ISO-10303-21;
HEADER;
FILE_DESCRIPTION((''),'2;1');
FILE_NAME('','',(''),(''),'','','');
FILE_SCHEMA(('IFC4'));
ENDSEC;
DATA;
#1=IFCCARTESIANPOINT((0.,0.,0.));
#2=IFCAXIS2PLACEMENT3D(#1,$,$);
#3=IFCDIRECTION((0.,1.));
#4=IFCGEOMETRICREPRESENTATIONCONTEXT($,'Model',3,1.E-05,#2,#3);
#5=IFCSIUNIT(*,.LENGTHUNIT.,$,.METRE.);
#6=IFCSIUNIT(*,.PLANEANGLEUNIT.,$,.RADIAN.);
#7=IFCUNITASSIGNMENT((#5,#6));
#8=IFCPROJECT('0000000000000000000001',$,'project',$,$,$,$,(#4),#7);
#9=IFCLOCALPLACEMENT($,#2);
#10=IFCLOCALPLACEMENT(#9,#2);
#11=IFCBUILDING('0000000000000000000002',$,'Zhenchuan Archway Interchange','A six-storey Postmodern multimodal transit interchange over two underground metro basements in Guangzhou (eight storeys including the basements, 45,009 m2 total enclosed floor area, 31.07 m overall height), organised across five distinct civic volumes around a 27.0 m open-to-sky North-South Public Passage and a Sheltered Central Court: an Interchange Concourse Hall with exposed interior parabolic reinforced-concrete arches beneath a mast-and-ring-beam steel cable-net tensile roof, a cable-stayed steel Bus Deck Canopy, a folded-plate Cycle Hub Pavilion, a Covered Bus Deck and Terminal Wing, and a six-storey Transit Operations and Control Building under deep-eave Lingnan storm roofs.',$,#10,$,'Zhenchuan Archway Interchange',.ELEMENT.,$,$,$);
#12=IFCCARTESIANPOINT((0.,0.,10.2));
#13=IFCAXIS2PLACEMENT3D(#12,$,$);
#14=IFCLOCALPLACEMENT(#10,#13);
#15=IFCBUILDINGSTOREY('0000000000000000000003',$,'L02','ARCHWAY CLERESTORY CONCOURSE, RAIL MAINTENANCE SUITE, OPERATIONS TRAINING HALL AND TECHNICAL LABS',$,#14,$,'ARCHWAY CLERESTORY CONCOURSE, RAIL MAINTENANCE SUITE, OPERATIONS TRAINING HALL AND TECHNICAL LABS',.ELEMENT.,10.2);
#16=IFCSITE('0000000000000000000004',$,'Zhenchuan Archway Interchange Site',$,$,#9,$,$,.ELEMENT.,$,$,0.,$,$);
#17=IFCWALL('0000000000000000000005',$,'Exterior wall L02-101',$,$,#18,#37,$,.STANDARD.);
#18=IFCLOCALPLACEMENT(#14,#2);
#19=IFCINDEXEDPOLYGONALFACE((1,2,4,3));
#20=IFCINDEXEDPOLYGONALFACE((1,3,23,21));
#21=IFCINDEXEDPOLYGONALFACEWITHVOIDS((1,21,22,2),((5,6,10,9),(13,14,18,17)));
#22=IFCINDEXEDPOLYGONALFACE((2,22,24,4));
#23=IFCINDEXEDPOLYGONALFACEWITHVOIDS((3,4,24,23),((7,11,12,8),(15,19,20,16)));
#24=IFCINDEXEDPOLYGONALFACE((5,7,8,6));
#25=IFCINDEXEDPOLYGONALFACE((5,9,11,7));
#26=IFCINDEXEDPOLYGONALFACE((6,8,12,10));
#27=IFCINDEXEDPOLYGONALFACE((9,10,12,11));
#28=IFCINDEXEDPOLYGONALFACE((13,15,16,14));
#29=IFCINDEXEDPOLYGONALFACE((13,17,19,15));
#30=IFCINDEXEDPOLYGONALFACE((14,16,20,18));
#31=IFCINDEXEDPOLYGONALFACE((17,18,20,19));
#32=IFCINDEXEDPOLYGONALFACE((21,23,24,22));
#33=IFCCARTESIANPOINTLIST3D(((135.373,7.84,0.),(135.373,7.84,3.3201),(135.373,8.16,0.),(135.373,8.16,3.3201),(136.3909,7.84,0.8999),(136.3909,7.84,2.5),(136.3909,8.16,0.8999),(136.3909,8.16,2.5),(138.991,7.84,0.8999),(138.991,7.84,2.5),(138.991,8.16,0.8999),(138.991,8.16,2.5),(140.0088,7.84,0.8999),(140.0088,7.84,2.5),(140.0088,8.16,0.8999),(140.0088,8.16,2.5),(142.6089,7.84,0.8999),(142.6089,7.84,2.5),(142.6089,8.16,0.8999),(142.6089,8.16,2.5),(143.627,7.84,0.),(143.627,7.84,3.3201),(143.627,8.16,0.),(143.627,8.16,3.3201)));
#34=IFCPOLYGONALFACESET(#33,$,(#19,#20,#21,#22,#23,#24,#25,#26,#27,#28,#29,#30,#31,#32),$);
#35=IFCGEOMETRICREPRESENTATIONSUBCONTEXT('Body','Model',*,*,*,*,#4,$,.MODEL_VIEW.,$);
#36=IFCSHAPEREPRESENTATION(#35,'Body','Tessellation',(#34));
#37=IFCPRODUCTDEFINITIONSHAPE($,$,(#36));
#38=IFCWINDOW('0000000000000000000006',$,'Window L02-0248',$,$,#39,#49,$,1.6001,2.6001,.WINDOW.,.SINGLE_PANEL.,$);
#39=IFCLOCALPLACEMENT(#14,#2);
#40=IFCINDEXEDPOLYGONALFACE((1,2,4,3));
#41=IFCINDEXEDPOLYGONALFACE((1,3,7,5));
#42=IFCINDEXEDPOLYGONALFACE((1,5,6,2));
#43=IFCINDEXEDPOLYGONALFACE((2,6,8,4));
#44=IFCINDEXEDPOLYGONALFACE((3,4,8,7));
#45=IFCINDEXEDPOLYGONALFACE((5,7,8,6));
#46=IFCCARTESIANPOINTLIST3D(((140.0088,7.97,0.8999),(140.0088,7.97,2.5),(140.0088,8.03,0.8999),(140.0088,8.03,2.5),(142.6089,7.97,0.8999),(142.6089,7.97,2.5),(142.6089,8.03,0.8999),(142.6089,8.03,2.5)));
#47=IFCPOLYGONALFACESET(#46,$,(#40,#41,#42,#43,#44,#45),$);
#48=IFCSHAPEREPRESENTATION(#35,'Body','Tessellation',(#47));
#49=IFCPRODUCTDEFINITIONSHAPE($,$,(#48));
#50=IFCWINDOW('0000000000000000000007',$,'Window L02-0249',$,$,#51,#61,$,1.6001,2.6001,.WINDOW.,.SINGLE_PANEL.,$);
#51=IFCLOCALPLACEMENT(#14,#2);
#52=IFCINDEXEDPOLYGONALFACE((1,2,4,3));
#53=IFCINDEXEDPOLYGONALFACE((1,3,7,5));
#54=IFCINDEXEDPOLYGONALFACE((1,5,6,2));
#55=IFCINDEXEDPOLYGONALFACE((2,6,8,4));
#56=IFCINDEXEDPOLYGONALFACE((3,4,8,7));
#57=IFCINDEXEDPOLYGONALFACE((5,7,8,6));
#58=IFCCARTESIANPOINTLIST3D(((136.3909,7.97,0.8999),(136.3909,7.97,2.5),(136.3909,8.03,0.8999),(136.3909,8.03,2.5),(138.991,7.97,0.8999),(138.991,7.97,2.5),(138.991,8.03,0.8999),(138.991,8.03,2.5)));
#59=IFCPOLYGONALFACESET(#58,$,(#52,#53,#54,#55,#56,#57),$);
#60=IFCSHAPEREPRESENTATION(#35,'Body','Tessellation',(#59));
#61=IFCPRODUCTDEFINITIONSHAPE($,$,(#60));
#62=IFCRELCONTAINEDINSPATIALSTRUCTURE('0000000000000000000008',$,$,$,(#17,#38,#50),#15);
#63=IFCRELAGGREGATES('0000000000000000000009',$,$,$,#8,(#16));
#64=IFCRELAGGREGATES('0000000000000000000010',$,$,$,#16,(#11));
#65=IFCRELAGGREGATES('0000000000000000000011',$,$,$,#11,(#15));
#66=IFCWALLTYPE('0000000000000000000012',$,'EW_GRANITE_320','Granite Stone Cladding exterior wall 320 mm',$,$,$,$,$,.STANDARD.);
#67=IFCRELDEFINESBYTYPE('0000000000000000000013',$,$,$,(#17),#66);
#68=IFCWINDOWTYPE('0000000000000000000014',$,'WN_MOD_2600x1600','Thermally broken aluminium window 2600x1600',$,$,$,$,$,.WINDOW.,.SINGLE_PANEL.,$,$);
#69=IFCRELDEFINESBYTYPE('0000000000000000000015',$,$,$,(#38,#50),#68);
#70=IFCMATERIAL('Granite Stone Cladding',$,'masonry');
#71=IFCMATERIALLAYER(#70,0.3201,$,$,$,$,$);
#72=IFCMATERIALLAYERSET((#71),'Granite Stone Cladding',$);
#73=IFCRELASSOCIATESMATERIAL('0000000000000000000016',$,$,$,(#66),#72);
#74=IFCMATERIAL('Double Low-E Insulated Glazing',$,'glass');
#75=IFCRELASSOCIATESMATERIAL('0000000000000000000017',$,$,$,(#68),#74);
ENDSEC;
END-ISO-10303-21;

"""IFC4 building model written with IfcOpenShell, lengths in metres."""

from ifc_helpers import new_model, si_unit, direction, frame, frame_2d, origin, place, context, subcontext, project, spatial, rectangle, extrude, material, layer, layer_set, type_object, element, fill, save


model = new_model("IFC4")

# Units and contexts
model_context = context("Model", 3, precision=1e-05, world=origin(), true_north=direction((0.0, 1.0)))
body_context = subcontext(model_context, "Body", "Model", "MODEL_VIEW")
ifc_project = project(units=[si_unit("LENGTHUNIT", "METRE"), si_unit("PLANEANGLEUNIT", "RADIAN")], contexts=[model_context])

# Site, building, storey
site_placement = place(None, origin())
site = spatial("IfcSite", under=ifc_project, at=site_placement, Name="Zhenchuan Archway Interchange Site", CompositionType="ELEMENT", RefElevation=0.0)
building_placement = place(site_placement, origin())
building = spatial("IfcBuilding", under=site, at=building_placement, Name="Zhenchuan Archway Interchange", Description="A six-storey Postmodern multimodal transit interchange over two underground metro basements in Guangzhou (eight storeys including the basements, 45,009 m2 total enclosed floor area, 31.07 m overall height), organised across five distinct civic volumes around a 27.0 m open-to-sky North-South Public Passage and a Sheltered Central Court: an Interchange Concourse Hall with exposed interior parabolic reinforced-concrete arches beneath a mast-and-ring-beam steel cable-net tensile roof, a cable-stayed steel Bus Deck Canopy, a folded-plate Cycle Hub Pavilion, a Covered Bus Deck and Terminal Wing, and a six-storey Transit Operations and Control Building under deep-eave Lingnan storm roofs.", LongName="Zhenchuan Archway Interchange", CompositionType="ELEMENT")
storey_placement = place(building_placement, frame((0.0, 0.0, 10.2)))
storey = spatial("IfcBuildingStorey", under=building, at=storey_placement, Name="L02", Description="ARCHWAY CLERESTORY CONCOURSE, RAIL MAINTENANCE SUITE, OPERATIONS TRAINING HALL AND TECHNICAL LABS", LongName="ARCHWAY CLERESTORY CONCOURSE, RAIL MAINTENANCE SUITE, OPERATIONS TRAINING HALL AND TECHNICAL LABS", CompositionType="ELEMENT", Elevation=10.2)

# Shared definitions
ifc_material_1 = material(Name="Double Low-E Insulated Glazing", Category="glass")

# Wall, openings, windows
ifc_material_2 = material(Name="Granite Stone Cladding", Category="masonry")
ifc_layer_1 = layer(ifc_material_2, 0.3201)
ifc_layer_set_1 = layer_set([ifc_layer_1], Name="Granite Stone Cladding")
wall_type = type_object("IfcWallType", Name="EW_GRANITE_320", Description="Granite Stone Cladding exterior wall 320 mm", PredefinedType="STANDARD", material=ifc_layer_set_1)
wall_placement = place(storey_placement, frame((143.627, 8.0, 0.0), z_axis=(0.0, 0.0, 1.0), x_axis=(-1.0, 0.0, 0.0)))
wall = element("IfcWall", 1, at=wall_placement, inside=storey, type_object=wall_type, Name="Exterior wall L02-101", PredefinedType="STANDARD", context=body_context, shape_type="SweptSolid", body=[
    extrude(rectangle(XDim=8.2539, YDim=0.3201, at=frame_2d((4.127, 0.0))), origin(), (0.0, 0.0, 1.0), 3.3201),
])
opening_1_placement = place(wall_placement, frame((1.0181, 0.0, 0.8999)))
opening_1 = element("IfcOpeningElement", 2, at=opening_1_placement, cuts=wall, PredefinedType="OPENING", context=body_context, shape_type="SweptSolid", body=[
    extrude(rectangle(XDim=2.6001, YDim=1.6001, at=frame_2d((1.3, 0.8))), frame((0.0, 0.1719, 0.0), z_axis=(0.0, -1.0, 0.0), x_axis=(1.0, 0.0, 0.0)), (0.0, 0.0, 1.0), 0.344),
])
opening_2_placement = place(wall_placement, frame((4.636, 0.0, 0.8999)))
opening_2 = element("IfcOpeningElement", 3, at=opening_2_placement, cuts=wall, PredefinedType="OPENING", context=body_context, shape_type="SweptSolid", body=[
    extrude(rectangle(XDim=2.6001, YDim=1.6001, at=frame_2d((1.3, 0.8))), frame((0.0, 0.1719, 0.0), z_axis=(0.0, -1.0, 0.0), x_axis=(1.0, 0.0, 0.0)), (0.0, 0.0, 1.0), 0.344),
])
window_type = type_object("IfcWindowType", Name="WN_MOD_2600x1600", Description="Thermally broken aluminium window 2600x1600", PartitioningType="SINGLE_PANEL", PredefinedType="WINDOW", material=ifc_material_1)
window_1_placement = place(opening_1_placement, origin())
window_1 = element("IfcWindow", 4, at=window_1_placement, inside=storey, type_object=window_type, Name="Window L02-0248", OverallHeight=1.6001, OverallWidth=2.6001, PartitioningType="SINGLE_PANEL", PredefinedType="WINDOW", context=body_context, shape_type="SweptSolid", body=[
    extrude(rectangle(XDim=2.6001, YDim=1.6001, at=frame_2d((1.3, 0.8))), frame((0.0, 0.03, 0.0), z_axis=(0.0, -1.0, 0.0), x_axis=(1.0, 0.0, 0.0)), (0.0, 0.0, 1.0), 0.0601),
])
fill(opening_1, window_1)
window_2_placement = place(opening_2_placement, origin())
window_2 = element("IfcWindow", 5, at=window_2_placement, inside=storey, type_object=window_type, Name="Window L02-0249", OverallHeight=1.6001, OverallWidth=2.6001, PartitioningType="SINGLE_PANEL", PredefinedType="WINDOW", context=body_context, shape_type="SweptSolid", body=[
    extrude(rectangle(XDim=2.6001, YDim=1.6001, at=frame_2d((1.3, 0.8))), frame((0.0, 0.03, 0.0), z_axis=(0.0, -1.0, 0.0), x_axis=(1.0, 0.0, 0.0)), (0.0, 0.0, 1.0), 0.0601),
])
fill(opening_2, window_2)

save(model, "model.ifc")
